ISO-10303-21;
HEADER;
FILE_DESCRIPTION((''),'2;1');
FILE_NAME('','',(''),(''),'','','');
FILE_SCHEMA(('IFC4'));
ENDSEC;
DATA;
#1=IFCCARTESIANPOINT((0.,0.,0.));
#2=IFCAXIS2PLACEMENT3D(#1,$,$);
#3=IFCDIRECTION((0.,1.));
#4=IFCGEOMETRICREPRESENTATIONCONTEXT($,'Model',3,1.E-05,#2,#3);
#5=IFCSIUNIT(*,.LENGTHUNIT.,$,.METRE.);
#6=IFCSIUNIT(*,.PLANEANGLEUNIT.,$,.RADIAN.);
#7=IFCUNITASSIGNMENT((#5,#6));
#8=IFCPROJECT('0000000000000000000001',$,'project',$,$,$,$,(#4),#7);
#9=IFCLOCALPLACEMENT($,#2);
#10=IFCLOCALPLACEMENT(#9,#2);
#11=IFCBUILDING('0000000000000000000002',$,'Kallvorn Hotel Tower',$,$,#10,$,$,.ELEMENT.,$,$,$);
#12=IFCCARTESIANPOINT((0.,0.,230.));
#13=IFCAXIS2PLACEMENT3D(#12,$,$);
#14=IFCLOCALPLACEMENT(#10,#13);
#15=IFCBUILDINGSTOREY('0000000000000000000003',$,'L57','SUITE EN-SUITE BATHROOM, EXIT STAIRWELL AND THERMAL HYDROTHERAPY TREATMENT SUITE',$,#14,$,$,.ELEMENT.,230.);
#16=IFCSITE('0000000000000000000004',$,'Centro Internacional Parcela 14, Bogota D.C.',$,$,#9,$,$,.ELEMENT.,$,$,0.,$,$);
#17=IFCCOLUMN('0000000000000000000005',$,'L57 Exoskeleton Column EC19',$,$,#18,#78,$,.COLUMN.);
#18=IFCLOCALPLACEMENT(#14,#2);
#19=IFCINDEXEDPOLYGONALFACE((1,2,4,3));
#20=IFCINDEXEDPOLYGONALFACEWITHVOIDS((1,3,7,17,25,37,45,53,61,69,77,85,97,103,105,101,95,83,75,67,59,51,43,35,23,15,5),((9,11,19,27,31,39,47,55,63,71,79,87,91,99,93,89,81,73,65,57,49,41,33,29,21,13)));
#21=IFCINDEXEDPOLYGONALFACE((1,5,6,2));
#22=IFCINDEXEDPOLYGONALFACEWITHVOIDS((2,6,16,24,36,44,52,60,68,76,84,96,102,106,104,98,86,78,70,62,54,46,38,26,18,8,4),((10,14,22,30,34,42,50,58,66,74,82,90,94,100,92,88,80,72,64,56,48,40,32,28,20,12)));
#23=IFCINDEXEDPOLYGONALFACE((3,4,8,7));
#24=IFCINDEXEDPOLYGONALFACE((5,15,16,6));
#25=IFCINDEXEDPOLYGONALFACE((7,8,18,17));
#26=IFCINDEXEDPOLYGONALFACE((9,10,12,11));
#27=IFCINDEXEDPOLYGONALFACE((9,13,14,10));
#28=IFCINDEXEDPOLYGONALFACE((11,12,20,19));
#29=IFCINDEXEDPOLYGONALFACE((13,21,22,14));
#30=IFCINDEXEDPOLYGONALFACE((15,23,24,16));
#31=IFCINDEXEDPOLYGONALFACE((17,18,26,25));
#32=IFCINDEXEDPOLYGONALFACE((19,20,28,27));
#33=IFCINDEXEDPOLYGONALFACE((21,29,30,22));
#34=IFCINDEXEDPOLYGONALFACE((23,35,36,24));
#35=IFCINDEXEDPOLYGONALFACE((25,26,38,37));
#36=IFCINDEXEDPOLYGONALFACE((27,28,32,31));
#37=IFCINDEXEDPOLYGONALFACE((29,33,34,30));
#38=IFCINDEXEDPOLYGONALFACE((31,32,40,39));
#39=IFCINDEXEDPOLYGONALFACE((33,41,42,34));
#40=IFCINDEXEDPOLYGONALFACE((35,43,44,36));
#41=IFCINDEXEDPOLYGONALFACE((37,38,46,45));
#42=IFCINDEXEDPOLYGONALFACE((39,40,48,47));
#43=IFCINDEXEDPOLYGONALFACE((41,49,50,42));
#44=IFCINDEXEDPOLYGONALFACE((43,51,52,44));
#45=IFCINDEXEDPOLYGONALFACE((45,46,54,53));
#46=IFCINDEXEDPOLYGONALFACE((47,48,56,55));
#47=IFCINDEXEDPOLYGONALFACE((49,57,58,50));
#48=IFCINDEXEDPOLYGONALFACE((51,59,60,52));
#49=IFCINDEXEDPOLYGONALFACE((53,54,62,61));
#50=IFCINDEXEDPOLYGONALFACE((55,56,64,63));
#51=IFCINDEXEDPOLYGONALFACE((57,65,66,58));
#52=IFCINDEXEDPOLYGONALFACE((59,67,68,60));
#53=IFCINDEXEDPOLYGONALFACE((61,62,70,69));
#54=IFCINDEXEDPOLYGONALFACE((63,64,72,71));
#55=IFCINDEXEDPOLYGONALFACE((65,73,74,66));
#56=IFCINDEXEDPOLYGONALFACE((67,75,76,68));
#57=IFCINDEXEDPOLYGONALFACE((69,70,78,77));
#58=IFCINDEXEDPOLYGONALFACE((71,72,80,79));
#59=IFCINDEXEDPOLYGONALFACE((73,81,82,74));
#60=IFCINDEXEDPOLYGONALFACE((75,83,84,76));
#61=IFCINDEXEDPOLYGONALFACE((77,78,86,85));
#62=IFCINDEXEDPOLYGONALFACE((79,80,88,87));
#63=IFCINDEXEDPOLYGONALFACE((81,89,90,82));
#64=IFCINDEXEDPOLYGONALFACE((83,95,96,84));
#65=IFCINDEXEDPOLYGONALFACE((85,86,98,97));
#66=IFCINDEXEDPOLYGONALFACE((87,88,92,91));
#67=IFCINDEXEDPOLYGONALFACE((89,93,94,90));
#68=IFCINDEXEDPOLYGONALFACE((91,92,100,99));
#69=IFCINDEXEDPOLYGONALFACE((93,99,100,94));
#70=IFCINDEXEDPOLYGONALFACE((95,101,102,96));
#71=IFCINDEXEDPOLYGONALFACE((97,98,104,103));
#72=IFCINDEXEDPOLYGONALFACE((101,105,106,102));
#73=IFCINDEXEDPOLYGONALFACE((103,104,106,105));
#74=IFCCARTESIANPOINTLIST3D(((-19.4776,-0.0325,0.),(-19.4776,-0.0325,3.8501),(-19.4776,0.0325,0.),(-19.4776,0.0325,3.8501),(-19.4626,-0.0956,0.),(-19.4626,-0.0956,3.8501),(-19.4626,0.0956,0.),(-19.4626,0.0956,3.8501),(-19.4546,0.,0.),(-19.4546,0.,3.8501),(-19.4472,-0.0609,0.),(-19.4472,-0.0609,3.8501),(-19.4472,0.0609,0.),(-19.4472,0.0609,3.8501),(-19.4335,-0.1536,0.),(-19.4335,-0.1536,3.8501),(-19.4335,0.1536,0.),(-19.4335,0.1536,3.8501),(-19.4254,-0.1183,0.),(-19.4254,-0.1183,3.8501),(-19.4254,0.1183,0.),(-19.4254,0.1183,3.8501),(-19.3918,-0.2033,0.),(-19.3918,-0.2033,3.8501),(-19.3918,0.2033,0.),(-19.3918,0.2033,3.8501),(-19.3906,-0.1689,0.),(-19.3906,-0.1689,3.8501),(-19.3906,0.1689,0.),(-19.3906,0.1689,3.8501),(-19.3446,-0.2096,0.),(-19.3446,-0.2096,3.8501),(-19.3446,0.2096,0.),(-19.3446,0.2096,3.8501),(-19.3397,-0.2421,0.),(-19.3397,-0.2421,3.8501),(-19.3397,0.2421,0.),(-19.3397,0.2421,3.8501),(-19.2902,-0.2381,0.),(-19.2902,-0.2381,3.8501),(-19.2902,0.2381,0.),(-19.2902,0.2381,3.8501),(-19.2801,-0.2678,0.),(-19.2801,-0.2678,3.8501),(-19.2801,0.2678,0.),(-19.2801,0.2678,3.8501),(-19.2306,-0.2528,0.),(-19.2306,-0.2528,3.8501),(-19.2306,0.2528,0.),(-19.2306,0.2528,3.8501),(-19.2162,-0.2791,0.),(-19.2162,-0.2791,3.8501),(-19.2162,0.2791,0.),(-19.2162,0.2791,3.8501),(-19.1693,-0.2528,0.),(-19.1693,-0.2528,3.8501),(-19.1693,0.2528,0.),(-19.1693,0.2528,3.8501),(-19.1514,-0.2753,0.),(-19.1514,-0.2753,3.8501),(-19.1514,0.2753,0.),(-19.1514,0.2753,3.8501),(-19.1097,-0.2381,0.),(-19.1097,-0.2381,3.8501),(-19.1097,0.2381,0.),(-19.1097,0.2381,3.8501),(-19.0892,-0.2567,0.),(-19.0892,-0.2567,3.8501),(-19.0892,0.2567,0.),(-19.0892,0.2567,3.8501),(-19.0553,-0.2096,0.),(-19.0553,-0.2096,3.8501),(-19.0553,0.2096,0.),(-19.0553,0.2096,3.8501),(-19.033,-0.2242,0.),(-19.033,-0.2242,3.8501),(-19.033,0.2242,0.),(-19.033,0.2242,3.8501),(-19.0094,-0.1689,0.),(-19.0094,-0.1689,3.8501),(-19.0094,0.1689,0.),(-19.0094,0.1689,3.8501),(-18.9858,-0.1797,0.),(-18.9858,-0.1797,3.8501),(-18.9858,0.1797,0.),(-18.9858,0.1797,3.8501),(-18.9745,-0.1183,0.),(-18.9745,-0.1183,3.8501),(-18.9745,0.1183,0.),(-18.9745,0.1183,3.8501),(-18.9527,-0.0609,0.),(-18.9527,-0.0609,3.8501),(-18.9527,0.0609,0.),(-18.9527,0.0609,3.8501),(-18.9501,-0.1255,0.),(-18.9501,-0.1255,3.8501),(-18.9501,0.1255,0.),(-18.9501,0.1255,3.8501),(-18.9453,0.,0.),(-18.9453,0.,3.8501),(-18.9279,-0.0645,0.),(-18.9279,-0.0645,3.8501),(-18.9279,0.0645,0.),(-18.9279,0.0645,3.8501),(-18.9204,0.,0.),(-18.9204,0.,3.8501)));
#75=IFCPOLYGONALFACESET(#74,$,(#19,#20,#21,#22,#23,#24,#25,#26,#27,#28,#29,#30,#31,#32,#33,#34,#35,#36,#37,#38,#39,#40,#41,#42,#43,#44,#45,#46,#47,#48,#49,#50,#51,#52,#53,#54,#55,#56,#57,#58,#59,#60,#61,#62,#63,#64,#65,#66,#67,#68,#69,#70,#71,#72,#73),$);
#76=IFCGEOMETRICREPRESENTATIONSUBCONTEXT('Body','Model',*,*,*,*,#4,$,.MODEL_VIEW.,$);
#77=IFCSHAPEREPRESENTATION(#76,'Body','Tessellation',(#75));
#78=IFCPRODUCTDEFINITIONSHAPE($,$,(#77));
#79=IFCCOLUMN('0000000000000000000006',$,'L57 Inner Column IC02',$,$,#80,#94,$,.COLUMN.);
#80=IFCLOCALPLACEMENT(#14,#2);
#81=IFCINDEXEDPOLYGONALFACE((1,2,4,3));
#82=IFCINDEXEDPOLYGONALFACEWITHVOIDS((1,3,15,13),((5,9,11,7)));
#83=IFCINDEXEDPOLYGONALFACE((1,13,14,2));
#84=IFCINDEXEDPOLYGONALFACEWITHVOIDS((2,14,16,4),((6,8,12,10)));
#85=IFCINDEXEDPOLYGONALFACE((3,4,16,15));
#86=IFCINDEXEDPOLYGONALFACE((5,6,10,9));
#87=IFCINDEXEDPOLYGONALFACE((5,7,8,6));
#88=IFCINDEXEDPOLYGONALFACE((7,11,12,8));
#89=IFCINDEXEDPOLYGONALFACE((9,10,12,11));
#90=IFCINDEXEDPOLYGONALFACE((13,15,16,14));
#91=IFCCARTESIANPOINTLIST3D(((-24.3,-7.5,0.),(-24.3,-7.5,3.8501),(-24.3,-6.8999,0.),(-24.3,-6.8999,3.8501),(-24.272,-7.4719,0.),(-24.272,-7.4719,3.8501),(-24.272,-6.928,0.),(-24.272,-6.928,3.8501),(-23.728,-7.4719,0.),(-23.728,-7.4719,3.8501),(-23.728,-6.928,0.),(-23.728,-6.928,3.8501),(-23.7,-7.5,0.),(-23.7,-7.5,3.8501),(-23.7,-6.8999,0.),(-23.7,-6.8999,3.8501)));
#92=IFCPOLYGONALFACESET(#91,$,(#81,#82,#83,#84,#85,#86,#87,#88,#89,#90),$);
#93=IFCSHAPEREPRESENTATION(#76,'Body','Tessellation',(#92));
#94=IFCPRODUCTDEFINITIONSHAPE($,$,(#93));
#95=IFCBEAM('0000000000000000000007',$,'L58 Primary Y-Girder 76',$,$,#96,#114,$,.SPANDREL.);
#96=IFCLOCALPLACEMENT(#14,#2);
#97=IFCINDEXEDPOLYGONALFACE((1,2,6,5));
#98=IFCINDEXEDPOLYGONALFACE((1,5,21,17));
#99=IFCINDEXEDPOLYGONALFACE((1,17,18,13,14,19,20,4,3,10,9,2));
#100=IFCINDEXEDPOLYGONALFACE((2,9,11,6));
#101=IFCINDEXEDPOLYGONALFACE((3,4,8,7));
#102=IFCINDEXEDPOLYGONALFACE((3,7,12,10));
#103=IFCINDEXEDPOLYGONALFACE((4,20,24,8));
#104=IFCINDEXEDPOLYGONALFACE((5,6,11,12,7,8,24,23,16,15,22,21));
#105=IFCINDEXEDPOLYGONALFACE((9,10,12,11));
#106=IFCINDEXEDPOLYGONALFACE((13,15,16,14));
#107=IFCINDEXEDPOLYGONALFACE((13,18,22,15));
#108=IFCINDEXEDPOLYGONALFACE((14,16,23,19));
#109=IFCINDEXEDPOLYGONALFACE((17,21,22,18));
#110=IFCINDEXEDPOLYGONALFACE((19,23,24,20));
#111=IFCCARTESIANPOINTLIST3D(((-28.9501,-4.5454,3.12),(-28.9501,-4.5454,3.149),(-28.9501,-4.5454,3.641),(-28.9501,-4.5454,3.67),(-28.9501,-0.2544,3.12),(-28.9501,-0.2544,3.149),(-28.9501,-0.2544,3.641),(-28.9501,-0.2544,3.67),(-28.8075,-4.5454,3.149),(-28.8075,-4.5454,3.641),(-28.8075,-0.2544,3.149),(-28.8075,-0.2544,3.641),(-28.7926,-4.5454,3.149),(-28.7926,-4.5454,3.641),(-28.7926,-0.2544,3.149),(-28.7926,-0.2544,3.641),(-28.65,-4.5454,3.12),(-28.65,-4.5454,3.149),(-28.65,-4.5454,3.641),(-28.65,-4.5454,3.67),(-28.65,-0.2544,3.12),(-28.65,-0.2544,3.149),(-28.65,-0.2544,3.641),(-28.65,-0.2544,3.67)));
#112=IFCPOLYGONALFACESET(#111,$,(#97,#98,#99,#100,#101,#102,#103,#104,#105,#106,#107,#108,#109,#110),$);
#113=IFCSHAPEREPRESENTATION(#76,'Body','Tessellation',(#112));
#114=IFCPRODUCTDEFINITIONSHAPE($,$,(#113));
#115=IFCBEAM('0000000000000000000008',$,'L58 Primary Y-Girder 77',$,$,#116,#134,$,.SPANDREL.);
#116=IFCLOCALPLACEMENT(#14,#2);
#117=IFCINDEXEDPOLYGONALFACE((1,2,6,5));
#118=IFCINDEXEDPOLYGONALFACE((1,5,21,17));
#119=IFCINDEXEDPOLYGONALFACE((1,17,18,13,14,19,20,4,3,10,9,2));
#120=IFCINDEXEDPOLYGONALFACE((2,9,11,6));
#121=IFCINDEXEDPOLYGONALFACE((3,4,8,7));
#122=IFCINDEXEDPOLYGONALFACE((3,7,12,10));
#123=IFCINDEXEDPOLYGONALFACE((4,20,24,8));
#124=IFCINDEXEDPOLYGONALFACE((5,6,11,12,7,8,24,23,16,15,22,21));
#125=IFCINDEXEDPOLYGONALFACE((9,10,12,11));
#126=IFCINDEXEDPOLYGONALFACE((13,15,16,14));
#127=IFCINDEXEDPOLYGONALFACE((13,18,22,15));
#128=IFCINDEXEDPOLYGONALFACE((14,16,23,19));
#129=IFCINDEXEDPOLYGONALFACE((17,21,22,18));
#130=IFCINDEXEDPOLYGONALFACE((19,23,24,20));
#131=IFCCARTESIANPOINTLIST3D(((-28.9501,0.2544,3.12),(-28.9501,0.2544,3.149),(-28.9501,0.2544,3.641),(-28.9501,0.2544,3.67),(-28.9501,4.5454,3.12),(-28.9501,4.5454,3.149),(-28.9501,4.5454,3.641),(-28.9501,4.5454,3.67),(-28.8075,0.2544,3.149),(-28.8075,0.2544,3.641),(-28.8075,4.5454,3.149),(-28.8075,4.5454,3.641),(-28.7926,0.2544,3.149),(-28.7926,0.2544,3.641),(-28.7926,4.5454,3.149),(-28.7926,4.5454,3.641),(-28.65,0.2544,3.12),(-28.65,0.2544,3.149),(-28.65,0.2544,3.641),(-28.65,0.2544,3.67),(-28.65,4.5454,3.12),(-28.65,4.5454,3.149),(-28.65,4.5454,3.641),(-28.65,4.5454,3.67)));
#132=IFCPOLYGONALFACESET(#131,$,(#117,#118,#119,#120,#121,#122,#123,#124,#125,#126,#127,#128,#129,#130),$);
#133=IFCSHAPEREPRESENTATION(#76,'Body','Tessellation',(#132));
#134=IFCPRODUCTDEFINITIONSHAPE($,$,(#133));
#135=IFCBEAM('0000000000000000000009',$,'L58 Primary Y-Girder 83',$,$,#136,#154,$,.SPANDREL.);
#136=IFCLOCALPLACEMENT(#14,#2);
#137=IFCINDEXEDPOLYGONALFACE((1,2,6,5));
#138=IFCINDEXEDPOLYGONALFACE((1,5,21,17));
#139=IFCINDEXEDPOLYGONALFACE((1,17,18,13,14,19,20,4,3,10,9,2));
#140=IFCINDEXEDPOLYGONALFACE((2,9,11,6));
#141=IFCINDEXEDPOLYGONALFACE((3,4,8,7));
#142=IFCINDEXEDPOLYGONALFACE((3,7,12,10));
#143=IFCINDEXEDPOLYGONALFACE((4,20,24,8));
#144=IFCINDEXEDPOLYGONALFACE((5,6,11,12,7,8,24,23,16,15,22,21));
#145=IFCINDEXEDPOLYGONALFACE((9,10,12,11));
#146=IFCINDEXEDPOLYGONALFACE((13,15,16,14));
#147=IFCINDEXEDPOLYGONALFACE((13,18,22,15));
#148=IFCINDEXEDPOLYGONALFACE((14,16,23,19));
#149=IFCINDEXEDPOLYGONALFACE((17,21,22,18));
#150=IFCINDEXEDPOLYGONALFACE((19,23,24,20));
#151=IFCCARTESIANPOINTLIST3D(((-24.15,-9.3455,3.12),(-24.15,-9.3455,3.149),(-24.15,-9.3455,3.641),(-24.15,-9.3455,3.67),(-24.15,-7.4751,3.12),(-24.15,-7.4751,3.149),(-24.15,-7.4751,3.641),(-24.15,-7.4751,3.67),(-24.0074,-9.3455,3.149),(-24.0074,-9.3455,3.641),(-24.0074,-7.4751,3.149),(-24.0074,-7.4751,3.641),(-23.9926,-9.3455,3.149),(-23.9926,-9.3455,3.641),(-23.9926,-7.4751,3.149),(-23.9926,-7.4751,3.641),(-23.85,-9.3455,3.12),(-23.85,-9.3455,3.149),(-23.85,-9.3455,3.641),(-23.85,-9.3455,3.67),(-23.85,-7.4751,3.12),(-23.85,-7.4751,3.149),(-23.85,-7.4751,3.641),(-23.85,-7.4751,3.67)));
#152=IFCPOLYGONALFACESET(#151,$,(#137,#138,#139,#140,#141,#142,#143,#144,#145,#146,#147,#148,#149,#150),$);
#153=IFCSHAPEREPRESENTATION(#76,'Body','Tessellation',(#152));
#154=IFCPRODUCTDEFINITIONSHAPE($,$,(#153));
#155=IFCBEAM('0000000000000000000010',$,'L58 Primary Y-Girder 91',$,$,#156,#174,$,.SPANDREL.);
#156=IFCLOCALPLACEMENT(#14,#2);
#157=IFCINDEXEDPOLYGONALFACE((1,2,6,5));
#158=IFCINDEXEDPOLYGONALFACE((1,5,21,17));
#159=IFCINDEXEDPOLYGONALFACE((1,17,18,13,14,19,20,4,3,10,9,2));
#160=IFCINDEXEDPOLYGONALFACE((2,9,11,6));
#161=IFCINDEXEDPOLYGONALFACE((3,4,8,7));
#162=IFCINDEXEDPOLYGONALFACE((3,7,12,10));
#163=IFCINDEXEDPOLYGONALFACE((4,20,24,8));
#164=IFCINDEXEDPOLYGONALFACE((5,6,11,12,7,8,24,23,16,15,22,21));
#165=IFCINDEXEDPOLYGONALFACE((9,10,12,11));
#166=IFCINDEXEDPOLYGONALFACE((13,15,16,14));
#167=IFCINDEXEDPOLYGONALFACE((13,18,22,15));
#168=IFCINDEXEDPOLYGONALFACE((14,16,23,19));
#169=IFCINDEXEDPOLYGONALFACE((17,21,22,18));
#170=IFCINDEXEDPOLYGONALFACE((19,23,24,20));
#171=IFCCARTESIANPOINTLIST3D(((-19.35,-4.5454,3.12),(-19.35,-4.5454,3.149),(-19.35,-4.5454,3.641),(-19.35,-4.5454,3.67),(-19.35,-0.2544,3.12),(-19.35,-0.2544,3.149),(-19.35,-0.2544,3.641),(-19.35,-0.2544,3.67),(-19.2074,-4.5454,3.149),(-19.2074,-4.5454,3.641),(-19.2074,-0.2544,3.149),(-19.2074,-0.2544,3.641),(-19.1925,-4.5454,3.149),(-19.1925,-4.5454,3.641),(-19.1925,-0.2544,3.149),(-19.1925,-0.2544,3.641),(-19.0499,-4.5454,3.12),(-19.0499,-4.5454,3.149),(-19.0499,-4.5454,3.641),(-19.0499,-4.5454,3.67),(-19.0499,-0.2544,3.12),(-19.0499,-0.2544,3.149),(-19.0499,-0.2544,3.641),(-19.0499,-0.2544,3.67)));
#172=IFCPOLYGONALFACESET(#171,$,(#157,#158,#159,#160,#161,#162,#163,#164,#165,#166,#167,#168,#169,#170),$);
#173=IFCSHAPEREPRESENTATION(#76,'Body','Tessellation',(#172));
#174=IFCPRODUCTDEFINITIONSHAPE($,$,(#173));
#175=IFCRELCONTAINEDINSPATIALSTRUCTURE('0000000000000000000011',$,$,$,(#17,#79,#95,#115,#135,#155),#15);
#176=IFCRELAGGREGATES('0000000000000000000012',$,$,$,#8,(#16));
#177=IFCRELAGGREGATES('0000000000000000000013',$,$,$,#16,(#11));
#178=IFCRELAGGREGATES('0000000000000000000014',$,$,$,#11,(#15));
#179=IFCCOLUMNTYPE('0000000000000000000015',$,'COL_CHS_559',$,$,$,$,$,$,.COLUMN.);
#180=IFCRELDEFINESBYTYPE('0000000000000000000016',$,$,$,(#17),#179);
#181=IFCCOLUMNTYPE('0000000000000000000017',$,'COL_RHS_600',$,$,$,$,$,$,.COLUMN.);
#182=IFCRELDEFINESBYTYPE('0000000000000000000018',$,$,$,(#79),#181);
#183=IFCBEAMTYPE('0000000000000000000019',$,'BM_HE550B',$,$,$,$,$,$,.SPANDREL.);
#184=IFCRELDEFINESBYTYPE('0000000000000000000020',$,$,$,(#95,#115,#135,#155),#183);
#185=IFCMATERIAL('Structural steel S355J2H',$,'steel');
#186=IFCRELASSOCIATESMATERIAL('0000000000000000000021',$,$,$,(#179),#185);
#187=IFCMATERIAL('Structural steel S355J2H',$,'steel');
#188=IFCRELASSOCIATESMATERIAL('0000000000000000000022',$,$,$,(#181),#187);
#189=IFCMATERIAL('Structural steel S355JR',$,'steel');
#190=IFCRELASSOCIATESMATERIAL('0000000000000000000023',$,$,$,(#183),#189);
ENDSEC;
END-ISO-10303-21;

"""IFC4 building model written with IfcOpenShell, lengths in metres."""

from ifc_helpers import new_model, si_unit, direction, frame, origin, origin_2d, place, context, subcontext, project, spatial, hollow_rectangle, hollow_circle, i_section, extrude, material, material_profile, profile_set, type_object, element, save


model = new_model("IFC4")

# Units and contexts
model_context = context("Model", 3, precision=1e-05, world=origin(), true_north=direction((0.0, 1.0)))
body_context = subcontext(model_context, "Body", "Model", "MODEL_VIEW")
ifc_project = project(units=[si_unit("LENGTHUNIT", "METRE"), si_unit("PLANEANGLEUNIT", "RADIAN")], contexts=[model_context])

# Site, building, storey
site_placement = place(None, origin())
site = spatial("IfcSite", under=ifc_project, at=site_placement, Name="Centro Internacional Parcela 14, Bogota D.C.", CompositionType="ELEMENT", RefElevation=0.0)
building_placement = place(site_placement, origin())
building = spatial("IfcBuilding", under=site, at=building_placement, Name="Kallvorn Hotel Tower", CompositionType="ELEMENT")
storey_placement = place(building_placement, frame((0.0, 0.0, 230.0)))
storey = spatial("IfcBuildingStorey", under=building, at=storey_placement, Name="L57", Description="SUITE EN-SUITE BATHROOM, EXIT STAIRWELL AND THERMAL HYDROTHERAPY TREATMENT SUITE", CompositionType="ELEMENT", Elevation=230.0)

# Columns
ifc_material_1 = material(Name="Structural steel S355J2H", Category="steel")
ifc_material_profile_1 = material_profile(ifc_material_1, hollow_circle(Radius=0.2795, WallThickness=0.0249, at=origin_2d()), Name="CHS 559x25")
ifc_profile_set_1 = profile_set([ifc_material_profile_1], Name="Structural steel S355J2H")
column_type_1 = type_object("IfcColumnType", Name="COL_CHS_559", PredefinedType="COLUMN", material=ifc_profile_set_1)
for number, where, z_axis, x_axis, name in (
    (1, (-19.2, 0.0, 0.0), (0.0, 0.0, 1.0), (1.0, 0.0, 0.0), "L57 Exoskeleton Column EC19"),
):
    element("IfcColumn", number, at=place(storey_placement, frame(where, z_axis=z_axis, x_axis=x_axis)), inside=storey, type_object=column_type_1, Name=name, PredefinedType="COLUMN", context=body_context, shape_type="SweptSolid", body=[
        extrude(hollow_circle(Radius=0.2795, WallThickness=0.0249, at=origin_2d()), origin(), (0.0, 0.0, 1.0), 3.8501),
    ])
ifc_material_2 = material(Name="Structural steel S355J2H", Category="steel")
ifc_material_profile_2 = material_profile(ifc_material_2, hollow_rectangle(XDim=0.6001, YDim=0.6001, WallThickness=0.0281, at=origin_2d()), Name="RHS 600x600x28")
ifc_profile_set_2 = profile_set([ifc_material_profile_2], Name="Structural steel S355J2H")
column_type_2 = type_object("IfcColumnType", Name="COL_RHS_600", PredefinedType="COLUMN", material=ifc_profile_set_2)
column_placement = place(storey_placement, frame((-24.0, -7.2, 0.0), z_axis=(0.0, 0.0, 1.0), x_axis=(1.0, 0.0, 0.0)))
element("IfcColumn", 2, at=column_placement, inside=storey, type_object=column_type_2, Name="L57 Inner Column IC02", PredefinedType="COLUMN", context=body_context, shape_type="SweptSolid", body=[
    extrude(hollow_rectangle(XDim=0.6001, YDim=0.6001, WallThickness=0.0281, at=origin_2d()), origin(), (0.0, 0.0, 1.0), 3.8501),
])

# Beams
ifc_material_3 = material(Name="Structural steel S355JR", Category="steel")
ifc_material_profile_3 = material_profile(ifc_material_3, i_section(OverallWidth=0.3, OverallDepth=0.55, WebThickness=0.0149, FlangeThickness=0.0291, at=origin_2d()), Name="HE 550 B")
ifc_profile_set_3 = profile_set([ifc_material_profile_3], Name="Structural steel S355JR")
beam_type_1 = type_object("IfcBeamType", Name="BM_HE550B", PredefinedType="SPANDREL", material=ifc_profile_set_3)
for number, where, z_axis, x_axis, name in (
    (3, (-28.8, -4.5454, 3.395), (0.0, 1.0, 0.0), (-1.0, 0.0, 0.0), "L58 Primary Y-Girder 76"),
    (4, (-28.8, 0.2544, 3.395), (0.0, 1.0, 0.0), (-1.0, 0.0, 0.0), "L58 Primary Y-Girder 77"),
):
    element("IfcBeam", number, at=place(storey_placement, frame(where, z_axis=z_axis, x_axis=x_axis)), inside=storey, type_object=beam_type_1, Name=name, PredefinedType="SPANDREL", context=body_context, shape_type="SweptSolid", body=[
        extrude(i_section(OverallWidth=0.3, OverallDepth=0.55, WebThickness=0.0149, FlangeThickness=0.0291, at=origin_2d()), origin(), (0.0, 0.0, 1.0), 4.291),
    ])
beam_1_placement = place(storey_placement, frame((-24.0, -9.3455, 3.395), z_axis=(0.0, 1.0, 0.0), x_axis=(-1.0, 0.0, 0.0)))
element("IfcBeam", 5, at=beam_1_placement, inside=storey, type_object=beam_type_1, Name="L58 Primary Y-Girder 83", PredefinedType="SPANDREL", context=body_context, shape_type="SweptSolid", body=[
    extrude(i_section(OverallWidth=0.3, OverallDepth=0.55, WebThickness=0.0149, FlangeThickness=0.0291, at=origin_2d()), origin(), (0.0, 0.0, 1.0), 1.8704),
])
beam_2_placement = place(storey_placement, frame((-19.2, -4.5454, 3.395), z_axis=(0.0, 1.0, 0.0), x_axis=(-1.0, 0.0, 0.0)))
element("IfcBeam", 6, at=beam_2_placement, inside=storey, type_object=beam_type_1, Name="L58 Primary Y-Girder 91", PredefinedType="SPANDREL", context=body_context, shape_type="SweptSolid", body=[
    extrude(i_section(OverallWidth=0.3, OverallDepth=0.55, WebThickness=0.0149, FlangeThickness=0.0291, at=origin_2d()), origin(), (0.0, 0.0, 1.0), 4.291),
])

save(model, "model.ifc")
